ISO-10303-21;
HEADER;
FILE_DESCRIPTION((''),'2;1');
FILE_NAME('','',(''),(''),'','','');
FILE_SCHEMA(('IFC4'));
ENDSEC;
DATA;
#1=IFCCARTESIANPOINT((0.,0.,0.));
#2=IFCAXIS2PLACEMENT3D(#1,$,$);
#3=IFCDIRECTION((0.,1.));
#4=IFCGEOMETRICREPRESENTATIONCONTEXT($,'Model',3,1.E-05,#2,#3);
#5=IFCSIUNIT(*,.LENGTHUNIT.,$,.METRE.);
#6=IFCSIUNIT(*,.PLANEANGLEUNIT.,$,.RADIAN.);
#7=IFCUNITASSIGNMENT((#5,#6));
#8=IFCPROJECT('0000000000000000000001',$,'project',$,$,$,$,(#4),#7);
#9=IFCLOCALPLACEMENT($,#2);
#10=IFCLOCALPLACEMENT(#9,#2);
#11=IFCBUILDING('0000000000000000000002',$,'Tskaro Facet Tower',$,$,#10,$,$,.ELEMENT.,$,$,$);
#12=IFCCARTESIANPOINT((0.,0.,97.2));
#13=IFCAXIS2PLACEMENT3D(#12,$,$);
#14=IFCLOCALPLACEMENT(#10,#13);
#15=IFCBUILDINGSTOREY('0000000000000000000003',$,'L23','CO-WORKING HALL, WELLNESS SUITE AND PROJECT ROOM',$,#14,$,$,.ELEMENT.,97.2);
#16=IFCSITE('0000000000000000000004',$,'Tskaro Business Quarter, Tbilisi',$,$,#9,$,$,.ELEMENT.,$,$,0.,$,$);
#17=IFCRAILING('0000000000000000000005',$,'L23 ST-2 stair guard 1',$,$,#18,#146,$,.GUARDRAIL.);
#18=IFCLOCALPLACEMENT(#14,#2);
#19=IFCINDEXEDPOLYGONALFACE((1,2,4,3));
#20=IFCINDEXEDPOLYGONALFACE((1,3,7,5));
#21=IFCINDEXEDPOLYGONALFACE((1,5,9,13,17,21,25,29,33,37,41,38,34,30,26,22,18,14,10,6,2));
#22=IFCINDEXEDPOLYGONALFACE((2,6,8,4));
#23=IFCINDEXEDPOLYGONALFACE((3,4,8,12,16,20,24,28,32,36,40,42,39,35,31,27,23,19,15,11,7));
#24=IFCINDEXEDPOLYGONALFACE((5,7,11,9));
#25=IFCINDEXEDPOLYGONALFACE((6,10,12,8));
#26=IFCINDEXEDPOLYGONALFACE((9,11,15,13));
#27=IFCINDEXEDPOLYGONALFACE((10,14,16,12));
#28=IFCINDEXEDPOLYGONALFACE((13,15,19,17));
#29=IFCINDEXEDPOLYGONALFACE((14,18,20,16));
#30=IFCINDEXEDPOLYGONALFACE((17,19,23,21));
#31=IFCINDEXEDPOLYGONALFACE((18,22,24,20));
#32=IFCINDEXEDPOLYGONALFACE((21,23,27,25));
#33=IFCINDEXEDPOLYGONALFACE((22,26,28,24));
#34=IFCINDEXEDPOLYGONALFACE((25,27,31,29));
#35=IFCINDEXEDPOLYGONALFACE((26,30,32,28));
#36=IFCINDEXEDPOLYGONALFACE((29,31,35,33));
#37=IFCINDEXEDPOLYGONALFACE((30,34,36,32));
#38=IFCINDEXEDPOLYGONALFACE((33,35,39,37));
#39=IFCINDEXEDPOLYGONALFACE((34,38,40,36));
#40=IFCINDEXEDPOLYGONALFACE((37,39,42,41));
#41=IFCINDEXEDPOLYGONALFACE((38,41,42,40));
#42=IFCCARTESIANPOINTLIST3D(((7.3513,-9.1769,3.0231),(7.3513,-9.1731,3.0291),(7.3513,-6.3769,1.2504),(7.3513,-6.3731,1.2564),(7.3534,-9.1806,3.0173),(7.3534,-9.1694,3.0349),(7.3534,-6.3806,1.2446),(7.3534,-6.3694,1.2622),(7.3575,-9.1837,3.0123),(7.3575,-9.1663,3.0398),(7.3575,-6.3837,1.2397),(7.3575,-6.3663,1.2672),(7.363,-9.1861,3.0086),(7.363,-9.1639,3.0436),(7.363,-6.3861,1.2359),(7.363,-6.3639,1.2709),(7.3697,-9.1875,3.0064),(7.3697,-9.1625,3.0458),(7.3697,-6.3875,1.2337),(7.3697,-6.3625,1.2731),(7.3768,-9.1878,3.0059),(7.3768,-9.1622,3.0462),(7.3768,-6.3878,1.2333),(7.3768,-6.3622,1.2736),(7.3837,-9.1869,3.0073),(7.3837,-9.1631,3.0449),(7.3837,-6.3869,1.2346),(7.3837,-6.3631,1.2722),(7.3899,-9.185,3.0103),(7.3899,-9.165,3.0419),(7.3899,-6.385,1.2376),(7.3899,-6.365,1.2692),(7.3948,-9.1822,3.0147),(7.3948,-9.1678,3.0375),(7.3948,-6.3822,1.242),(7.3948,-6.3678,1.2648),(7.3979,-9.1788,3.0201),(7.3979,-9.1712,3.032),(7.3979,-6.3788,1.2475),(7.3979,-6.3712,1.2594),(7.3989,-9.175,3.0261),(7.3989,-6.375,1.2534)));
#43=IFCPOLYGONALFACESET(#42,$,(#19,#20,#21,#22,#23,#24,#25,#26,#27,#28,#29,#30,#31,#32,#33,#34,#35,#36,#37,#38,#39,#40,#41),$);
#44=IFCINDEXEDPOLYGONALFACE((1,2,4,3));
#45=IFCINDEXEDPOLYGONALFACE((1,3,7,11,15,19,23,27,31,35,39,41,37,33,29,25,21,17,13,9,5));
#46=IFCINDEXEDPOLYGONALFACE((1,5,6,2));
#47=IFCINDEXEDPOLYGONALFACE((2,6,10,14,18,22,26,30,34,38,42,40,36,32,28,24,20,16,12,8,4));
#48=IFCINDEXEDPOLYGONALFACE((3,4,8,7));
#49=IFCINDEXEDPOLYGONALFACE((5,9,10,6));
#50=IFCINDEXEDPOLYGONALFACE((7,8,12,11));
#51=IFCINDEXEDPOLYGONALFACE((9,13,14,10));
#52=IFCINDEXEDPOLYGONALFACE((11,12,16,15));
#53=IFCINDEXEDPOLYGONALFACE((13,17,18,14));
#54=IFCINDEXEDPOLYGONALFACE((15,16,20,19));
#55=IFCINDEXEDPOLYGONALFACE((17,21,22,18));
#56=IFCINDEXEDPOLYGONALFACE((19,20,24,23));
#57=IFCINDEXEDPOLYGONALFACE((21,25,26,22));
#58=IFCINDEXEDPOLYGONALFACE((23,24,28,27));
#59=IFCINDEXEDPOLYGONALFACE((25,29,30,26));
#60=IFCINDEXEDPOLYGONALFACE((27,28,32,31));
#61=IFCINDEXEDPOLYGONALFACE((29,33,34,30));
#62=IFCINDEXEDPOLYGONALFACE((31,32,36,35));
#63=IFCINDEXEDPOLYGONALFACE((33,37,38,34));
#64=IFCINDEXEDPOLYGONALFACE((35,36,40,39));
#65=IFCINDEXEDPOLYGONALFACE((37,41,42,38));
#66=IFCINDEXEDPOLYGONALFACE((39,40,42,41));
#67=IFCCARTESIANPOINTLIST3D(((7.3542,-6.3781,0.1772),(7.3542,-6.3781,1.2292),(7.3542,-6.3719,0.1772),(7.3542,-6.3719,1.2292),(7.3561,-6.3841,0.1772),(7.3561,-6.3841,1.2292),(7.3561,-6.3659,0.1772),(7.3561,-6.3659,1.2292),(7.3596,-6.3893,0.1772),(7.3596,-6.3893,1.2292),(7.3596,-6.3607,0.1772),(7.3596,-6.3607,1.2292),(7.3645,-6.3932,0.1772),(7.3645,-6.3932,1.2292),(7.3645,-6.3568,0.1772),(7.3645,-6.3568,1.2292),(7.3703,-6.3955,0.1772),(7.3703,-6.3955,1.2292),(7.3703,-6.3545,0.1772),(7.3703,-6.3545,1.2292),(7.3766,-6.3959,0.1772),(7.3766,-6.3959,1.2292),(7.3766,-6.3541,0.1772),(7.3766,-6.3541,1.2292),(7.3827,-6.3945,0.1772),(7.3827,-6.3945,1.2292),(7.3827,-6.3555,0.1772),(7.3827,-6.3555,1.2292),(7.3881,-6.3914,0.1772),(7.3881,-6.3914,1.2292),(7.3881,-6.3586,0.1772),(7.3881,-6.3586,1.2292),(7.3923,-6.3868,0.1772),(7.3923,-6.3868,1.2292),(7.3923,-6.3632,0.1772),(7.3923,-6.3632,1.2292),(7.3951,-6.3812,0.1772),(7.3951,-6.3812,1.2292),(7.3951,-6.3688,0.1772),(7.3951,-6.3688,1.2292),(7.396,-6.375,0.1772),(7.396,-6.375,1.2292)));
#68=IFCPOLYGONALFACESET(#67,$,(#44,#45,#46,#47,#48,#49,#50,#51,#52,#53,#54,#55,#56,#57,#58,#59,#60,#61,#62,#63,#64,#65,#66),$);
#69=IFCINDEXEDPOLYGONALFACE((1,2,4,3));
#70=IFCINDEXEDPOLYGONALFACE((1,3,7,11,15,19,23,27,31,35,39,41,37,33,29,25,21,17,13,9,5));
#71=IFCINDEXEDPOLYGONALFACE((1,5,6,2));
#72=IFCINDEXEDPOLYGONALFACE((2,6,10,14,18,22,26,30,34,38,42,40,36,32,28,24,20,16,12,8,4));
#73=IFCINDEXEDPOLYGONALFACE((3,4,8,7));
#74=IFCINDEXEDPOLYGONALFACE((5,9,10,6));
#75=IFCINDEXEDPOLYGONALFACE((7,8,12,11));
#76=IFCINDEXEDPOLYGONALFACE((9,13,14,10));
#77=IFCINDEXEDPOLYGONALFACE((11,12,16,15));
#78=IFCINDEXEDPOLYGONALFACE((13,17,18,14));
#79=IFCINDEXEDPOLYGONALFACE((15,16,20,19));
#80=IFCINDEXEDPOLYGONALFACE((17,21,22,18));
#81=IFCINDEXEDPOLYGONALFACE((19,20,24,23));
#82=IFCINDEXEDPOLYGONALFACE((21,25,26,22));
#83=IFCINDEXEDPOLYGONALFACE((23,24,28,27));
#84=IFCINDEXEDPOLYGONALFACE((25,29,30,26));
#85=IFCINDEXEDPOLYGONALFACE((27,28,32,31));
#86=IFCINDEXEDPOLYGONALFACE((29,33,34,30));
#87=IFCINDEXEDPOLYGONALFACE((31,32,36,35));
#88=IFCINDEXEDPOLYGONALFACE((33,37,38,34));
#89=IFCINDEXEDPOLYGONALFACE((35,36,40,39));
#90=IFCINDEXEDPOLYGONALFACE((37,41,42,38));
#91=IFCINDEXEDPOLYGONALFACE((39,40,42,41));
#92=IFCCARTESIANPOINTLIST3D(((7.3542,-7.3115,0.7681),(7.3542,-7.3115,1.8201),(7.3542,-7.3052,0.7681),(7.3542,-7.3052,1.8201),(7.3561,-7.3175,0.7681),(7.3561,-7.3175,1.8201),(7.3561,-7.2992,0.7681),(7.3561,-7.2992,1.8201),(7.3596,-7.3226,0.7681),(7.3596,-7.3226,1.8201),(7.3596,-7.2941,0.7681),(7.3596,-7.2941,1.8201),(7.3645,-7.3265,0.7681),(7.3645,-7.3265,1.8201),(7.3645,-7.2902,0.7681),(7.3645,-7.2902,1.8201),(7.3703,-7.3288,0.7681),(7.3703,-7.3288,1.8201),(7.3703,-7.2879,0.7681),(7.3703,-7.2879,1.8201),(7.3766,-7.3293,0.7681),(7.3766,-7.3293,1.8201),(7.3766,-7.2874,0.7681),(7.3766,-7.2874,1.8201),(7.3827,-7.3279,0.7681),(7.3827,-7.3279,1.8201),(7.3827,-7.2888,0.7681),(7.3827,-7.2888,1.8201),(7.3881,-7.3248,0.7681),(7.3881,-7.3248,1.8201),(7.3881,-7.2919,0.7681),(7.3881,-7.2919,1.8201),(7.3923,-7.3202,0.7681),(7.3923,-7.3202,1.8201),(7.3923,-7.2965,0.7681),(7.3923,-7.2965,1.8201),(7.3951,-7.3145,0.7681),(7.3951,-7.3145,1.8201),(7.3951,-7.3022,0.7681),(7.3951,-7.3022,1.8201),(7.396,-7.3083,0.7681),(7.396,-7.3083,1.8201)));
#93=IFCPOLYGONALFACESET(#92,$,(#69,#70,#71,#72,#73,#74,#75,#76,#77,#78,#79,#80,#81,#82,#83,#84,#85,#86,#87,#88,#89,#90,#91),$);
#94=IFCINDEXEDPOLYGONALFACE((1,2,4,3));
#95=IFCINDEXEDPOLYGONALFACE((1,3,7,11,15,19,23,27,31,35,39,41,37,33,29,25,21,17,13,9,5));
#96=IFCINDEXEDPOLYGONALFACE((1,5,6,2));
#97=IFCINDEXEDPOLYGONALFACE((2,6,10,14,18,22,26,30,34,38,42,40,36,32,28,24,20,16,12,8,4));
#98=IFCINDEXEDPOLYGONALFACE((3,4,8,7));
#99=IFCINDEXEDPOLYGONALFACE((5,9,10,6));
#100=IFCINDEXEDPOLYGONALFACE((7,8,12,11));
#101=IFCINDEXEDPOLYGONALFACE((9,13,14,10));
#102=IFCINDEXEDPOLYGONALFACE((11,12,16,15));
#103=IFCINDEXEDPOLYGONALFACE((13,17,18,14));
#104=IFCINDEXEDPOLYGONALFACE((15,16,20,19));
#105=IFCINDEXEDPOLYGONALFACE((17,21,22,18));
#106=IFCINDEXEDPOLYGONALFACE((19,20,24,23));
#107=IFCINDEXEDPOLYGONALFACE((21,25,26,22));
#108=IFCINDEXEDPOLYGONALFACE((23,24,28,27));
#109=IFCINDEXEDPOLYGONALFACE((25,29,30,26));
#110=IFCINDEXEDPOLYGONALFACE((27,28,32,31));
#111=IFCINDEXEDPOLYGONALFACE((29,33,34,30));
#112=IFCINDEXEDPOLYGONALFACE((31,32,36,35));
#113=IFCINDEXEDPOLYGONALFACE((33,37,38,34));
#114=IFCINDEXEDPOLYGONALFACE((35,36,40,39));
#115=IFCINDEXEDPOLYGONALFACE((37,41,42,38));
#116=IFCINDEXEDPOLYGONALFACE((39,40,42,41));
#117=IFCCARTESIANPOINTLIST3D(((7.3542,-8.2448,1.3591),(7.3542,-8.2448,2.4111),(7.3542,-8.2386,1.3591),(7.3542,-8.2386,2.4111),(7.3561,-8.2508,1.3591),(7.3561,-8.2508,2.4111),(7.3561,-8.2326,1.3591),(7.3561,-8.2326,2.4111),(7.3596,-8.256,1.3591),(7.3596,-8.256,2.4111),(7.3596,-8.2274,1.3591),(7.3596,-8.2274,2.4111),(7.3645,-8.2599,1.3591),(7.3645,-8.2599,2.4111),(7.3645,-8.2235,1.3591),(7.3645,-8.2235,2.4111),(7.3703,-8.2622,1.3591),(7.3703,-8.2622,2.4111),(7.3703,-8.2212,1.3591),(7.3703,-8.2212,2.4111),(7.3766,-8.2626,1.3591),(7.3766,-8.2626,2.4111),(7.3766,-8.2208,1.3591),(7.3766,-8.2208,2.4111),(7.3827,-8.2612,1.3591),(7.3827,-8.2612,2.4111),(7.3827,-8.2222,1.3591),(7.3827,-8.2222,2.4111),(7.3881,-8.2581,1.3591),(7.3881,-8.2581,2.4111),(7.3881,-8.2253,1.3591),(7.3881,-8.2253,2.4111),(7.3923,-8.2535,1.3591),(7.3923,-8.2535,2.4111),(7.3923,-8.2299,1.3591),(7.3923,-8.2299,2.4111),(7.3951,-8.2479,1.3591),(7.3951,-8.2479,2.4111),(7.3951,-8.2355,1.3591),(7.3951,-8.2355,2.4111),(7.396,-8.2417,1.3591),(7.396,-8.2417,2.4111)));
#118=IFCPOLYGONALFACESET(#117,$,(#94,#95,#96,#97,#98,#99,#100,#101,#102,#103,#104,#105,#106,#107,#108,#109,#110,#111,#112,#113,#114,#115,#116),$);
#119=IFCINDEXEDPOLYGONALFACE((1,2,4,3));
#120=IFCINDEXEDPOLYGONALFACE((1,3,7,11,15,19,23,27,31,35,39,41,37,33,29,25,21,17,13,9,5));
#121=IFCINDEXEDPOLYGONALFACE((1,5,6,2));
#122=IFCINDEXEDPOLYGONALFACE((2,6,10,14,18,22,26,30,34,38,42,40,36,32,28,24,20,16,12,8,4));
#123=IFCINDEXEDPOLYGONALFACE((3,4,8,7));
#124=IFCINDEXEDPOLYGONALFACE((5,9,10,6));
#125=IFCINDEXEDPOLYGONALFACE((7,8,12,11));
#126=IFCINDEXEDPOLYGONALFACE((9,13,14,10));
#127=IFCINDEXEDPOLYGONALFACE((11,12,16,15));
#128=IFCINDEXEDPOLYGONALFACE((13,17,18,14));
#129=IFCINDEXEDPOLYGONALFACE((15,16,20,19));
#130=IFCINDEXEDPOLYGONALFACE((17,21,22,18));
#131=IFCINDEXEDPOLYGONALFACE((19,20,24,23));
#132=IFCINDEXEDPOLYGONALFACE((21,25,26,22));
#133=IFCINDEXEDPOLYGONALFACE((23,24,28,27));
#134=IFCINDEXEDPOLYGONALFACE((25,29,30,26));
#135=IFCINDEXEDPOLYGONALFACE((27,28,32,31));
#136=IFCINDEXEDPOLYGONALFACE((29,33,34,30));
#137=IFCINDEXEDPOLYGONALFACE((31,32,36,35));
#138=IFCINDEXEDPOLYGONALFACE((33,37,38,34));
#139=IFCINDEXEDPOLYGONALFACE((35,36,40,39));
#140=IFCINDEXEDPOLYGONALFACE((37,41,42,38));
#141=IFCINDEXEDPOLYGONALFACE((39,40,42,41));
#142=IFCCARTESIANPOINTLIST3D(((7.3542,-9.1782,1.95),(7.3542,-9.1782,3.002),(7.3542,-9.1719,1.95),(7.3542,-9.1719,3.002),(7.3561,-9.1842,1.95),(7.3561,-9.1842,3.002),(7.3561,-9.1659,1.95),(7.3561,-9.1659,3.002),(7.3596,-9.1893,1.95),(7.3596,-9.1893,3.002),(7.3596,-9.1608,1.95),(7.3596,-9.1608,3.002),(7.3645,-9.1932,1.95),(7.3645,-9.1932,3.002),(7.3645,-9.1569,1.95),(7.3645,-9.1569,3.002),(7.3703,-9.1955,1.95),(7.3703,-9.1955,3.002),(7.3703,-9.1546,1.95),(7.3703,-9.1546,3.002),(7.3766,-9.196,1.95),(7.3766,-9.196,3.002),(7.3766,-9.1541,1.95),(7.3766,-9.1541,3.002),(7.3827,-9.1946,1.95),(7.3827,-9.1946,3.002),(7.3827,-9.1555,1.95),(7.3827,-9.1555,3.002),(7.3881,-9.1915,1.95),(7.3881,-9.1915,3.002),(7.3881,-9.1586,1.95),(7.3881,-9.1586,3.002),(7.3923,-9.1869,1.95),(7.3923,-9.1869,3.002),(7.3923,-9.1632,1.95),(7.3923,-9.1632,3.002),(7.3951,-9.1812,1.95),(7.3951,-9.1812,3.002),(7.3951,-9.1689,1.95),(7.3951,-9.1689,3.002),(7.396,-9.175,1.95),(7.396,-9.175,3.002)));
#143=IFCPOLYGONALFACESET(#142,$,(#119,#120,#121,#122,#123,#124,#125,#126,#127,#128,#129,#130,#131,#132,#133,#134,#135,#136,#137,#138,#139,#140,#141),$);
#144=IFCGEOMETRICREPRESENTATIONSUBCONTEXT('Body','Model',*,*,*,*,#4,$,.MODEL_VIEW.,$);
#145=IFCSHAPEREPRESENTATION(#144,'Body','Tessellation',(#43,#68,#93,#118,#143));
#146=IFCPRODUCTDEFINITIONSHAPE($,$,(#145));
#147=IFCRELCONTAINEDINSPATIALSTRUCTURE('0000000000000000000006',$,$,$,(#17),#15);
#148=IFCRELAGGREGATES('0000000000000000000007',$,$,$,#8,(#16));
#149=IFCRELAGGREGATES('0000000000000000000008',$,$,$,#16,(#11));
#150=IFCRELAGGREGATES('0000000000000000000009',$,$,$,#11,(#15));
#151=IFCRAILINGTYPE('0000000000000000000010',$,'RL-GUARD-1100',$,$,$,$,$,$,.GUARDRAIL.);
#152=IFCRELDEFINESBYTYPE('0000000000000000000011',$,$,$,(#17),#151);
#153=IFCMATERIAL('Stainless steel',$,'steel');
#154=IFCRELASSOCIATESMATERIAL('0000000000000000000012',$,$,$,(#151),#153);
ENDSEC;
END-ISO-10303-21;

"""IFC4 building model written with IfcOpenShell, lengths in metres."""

from ifc_helpers import new_model, si_unit, direction, frame, origin, origin_2d, place, context, subcontext, project, spatial, circle, extrude, material, type_object, element, save


model = new_model("IFC4")

# Units and contexts
model_context = context("Model", 3, precision=1e-05, world=origin(), true_north=direction((0.0, 1.0)))
body_context = subcontext(model_context, "Body", "Model", "MODEL_VIEW")
ifc_project = project(units=[si_unit("LENGTHUNIT", "METRE"), si_unit("PLANEANGLEUNIT", "RADIAN")], contexts=[model_context])

# Site, building, storey
site_placement = place(None, origin())
site = spatial("IfcSite", under=ifc_project, at=site_placement, Name="Tskaro Business Quarter, Tbilisi", CompositionType="ELEMENT", RefElevation=0.0)
building_placement = place(site_placement, origin())
building = spatial("IfcBuilding", under=site, at=building_placement, Name="Tskaro Facet Tower", CompositionType="ELEMENT")
storey_placement = place(building_placement, frame((0.0, 0.0, 97.2)))
storey = spatial("IfcBuildingStorey", under=building, at=storey_placement, Name="L23", Description="CO-WORKING HALL, WELLNESS SUITE AND PROJECT ROOM", CompositionType="ELEMENT", Elevation=97.2)

# Shared definitions
ifc_material_1 = material(Name="Stainless steel", Category="steel")

# Railing
railing_type_1 = type_object("IfcRailingType", Name="RL-GUARD-1100", PredefinedType="GUARDRAIL", material=ifc_material_1)
railing_1_placement = place(storey_placement, frame((7.375, -6.375, 0.1772)))
element("IfcRailing", 1, at=railing_1_placement, inside=storey, type_object=railing_type_1, Name="L23 ST-2 stair guard 1", PredefinedType="GUARDRAIL", context=body_context, shape_type="SweptSolid", body=[
    extrude(circle(Radius=0.0239, at=origin_2d()), frame((0.0, 0.0, 1.0762), z_axis=(0.0, -0.844909, 0.53491), x_axis=(1.0, 0.0, 0.0)), (0.0, 0.0, 1.0), 3.314),
    extrude(circle(Radius=0.021, at=origin_2d()), origin(), (0.0, 0.0, 1.0), 1.052),
    extrude(circle(Radius=0.021, at=origin_2d()), frame((0.0, -0.9333, 0.5908)), (0.0, 0.0, 1.0), 1.052),
    extrude(circle(Radius=0.021, at=origin_2d()), frame((0.0, -1.8667, 1.1819)), (0.0, 0.0, 1.0), 1.052),
    extrude(circle(Radius=0.021, at=origin_2d()), frame((0.0, -2.8, 1.7727)), (0.0, 0.0, 1.0), 1.052),
])

save(model, "model.ifc")
